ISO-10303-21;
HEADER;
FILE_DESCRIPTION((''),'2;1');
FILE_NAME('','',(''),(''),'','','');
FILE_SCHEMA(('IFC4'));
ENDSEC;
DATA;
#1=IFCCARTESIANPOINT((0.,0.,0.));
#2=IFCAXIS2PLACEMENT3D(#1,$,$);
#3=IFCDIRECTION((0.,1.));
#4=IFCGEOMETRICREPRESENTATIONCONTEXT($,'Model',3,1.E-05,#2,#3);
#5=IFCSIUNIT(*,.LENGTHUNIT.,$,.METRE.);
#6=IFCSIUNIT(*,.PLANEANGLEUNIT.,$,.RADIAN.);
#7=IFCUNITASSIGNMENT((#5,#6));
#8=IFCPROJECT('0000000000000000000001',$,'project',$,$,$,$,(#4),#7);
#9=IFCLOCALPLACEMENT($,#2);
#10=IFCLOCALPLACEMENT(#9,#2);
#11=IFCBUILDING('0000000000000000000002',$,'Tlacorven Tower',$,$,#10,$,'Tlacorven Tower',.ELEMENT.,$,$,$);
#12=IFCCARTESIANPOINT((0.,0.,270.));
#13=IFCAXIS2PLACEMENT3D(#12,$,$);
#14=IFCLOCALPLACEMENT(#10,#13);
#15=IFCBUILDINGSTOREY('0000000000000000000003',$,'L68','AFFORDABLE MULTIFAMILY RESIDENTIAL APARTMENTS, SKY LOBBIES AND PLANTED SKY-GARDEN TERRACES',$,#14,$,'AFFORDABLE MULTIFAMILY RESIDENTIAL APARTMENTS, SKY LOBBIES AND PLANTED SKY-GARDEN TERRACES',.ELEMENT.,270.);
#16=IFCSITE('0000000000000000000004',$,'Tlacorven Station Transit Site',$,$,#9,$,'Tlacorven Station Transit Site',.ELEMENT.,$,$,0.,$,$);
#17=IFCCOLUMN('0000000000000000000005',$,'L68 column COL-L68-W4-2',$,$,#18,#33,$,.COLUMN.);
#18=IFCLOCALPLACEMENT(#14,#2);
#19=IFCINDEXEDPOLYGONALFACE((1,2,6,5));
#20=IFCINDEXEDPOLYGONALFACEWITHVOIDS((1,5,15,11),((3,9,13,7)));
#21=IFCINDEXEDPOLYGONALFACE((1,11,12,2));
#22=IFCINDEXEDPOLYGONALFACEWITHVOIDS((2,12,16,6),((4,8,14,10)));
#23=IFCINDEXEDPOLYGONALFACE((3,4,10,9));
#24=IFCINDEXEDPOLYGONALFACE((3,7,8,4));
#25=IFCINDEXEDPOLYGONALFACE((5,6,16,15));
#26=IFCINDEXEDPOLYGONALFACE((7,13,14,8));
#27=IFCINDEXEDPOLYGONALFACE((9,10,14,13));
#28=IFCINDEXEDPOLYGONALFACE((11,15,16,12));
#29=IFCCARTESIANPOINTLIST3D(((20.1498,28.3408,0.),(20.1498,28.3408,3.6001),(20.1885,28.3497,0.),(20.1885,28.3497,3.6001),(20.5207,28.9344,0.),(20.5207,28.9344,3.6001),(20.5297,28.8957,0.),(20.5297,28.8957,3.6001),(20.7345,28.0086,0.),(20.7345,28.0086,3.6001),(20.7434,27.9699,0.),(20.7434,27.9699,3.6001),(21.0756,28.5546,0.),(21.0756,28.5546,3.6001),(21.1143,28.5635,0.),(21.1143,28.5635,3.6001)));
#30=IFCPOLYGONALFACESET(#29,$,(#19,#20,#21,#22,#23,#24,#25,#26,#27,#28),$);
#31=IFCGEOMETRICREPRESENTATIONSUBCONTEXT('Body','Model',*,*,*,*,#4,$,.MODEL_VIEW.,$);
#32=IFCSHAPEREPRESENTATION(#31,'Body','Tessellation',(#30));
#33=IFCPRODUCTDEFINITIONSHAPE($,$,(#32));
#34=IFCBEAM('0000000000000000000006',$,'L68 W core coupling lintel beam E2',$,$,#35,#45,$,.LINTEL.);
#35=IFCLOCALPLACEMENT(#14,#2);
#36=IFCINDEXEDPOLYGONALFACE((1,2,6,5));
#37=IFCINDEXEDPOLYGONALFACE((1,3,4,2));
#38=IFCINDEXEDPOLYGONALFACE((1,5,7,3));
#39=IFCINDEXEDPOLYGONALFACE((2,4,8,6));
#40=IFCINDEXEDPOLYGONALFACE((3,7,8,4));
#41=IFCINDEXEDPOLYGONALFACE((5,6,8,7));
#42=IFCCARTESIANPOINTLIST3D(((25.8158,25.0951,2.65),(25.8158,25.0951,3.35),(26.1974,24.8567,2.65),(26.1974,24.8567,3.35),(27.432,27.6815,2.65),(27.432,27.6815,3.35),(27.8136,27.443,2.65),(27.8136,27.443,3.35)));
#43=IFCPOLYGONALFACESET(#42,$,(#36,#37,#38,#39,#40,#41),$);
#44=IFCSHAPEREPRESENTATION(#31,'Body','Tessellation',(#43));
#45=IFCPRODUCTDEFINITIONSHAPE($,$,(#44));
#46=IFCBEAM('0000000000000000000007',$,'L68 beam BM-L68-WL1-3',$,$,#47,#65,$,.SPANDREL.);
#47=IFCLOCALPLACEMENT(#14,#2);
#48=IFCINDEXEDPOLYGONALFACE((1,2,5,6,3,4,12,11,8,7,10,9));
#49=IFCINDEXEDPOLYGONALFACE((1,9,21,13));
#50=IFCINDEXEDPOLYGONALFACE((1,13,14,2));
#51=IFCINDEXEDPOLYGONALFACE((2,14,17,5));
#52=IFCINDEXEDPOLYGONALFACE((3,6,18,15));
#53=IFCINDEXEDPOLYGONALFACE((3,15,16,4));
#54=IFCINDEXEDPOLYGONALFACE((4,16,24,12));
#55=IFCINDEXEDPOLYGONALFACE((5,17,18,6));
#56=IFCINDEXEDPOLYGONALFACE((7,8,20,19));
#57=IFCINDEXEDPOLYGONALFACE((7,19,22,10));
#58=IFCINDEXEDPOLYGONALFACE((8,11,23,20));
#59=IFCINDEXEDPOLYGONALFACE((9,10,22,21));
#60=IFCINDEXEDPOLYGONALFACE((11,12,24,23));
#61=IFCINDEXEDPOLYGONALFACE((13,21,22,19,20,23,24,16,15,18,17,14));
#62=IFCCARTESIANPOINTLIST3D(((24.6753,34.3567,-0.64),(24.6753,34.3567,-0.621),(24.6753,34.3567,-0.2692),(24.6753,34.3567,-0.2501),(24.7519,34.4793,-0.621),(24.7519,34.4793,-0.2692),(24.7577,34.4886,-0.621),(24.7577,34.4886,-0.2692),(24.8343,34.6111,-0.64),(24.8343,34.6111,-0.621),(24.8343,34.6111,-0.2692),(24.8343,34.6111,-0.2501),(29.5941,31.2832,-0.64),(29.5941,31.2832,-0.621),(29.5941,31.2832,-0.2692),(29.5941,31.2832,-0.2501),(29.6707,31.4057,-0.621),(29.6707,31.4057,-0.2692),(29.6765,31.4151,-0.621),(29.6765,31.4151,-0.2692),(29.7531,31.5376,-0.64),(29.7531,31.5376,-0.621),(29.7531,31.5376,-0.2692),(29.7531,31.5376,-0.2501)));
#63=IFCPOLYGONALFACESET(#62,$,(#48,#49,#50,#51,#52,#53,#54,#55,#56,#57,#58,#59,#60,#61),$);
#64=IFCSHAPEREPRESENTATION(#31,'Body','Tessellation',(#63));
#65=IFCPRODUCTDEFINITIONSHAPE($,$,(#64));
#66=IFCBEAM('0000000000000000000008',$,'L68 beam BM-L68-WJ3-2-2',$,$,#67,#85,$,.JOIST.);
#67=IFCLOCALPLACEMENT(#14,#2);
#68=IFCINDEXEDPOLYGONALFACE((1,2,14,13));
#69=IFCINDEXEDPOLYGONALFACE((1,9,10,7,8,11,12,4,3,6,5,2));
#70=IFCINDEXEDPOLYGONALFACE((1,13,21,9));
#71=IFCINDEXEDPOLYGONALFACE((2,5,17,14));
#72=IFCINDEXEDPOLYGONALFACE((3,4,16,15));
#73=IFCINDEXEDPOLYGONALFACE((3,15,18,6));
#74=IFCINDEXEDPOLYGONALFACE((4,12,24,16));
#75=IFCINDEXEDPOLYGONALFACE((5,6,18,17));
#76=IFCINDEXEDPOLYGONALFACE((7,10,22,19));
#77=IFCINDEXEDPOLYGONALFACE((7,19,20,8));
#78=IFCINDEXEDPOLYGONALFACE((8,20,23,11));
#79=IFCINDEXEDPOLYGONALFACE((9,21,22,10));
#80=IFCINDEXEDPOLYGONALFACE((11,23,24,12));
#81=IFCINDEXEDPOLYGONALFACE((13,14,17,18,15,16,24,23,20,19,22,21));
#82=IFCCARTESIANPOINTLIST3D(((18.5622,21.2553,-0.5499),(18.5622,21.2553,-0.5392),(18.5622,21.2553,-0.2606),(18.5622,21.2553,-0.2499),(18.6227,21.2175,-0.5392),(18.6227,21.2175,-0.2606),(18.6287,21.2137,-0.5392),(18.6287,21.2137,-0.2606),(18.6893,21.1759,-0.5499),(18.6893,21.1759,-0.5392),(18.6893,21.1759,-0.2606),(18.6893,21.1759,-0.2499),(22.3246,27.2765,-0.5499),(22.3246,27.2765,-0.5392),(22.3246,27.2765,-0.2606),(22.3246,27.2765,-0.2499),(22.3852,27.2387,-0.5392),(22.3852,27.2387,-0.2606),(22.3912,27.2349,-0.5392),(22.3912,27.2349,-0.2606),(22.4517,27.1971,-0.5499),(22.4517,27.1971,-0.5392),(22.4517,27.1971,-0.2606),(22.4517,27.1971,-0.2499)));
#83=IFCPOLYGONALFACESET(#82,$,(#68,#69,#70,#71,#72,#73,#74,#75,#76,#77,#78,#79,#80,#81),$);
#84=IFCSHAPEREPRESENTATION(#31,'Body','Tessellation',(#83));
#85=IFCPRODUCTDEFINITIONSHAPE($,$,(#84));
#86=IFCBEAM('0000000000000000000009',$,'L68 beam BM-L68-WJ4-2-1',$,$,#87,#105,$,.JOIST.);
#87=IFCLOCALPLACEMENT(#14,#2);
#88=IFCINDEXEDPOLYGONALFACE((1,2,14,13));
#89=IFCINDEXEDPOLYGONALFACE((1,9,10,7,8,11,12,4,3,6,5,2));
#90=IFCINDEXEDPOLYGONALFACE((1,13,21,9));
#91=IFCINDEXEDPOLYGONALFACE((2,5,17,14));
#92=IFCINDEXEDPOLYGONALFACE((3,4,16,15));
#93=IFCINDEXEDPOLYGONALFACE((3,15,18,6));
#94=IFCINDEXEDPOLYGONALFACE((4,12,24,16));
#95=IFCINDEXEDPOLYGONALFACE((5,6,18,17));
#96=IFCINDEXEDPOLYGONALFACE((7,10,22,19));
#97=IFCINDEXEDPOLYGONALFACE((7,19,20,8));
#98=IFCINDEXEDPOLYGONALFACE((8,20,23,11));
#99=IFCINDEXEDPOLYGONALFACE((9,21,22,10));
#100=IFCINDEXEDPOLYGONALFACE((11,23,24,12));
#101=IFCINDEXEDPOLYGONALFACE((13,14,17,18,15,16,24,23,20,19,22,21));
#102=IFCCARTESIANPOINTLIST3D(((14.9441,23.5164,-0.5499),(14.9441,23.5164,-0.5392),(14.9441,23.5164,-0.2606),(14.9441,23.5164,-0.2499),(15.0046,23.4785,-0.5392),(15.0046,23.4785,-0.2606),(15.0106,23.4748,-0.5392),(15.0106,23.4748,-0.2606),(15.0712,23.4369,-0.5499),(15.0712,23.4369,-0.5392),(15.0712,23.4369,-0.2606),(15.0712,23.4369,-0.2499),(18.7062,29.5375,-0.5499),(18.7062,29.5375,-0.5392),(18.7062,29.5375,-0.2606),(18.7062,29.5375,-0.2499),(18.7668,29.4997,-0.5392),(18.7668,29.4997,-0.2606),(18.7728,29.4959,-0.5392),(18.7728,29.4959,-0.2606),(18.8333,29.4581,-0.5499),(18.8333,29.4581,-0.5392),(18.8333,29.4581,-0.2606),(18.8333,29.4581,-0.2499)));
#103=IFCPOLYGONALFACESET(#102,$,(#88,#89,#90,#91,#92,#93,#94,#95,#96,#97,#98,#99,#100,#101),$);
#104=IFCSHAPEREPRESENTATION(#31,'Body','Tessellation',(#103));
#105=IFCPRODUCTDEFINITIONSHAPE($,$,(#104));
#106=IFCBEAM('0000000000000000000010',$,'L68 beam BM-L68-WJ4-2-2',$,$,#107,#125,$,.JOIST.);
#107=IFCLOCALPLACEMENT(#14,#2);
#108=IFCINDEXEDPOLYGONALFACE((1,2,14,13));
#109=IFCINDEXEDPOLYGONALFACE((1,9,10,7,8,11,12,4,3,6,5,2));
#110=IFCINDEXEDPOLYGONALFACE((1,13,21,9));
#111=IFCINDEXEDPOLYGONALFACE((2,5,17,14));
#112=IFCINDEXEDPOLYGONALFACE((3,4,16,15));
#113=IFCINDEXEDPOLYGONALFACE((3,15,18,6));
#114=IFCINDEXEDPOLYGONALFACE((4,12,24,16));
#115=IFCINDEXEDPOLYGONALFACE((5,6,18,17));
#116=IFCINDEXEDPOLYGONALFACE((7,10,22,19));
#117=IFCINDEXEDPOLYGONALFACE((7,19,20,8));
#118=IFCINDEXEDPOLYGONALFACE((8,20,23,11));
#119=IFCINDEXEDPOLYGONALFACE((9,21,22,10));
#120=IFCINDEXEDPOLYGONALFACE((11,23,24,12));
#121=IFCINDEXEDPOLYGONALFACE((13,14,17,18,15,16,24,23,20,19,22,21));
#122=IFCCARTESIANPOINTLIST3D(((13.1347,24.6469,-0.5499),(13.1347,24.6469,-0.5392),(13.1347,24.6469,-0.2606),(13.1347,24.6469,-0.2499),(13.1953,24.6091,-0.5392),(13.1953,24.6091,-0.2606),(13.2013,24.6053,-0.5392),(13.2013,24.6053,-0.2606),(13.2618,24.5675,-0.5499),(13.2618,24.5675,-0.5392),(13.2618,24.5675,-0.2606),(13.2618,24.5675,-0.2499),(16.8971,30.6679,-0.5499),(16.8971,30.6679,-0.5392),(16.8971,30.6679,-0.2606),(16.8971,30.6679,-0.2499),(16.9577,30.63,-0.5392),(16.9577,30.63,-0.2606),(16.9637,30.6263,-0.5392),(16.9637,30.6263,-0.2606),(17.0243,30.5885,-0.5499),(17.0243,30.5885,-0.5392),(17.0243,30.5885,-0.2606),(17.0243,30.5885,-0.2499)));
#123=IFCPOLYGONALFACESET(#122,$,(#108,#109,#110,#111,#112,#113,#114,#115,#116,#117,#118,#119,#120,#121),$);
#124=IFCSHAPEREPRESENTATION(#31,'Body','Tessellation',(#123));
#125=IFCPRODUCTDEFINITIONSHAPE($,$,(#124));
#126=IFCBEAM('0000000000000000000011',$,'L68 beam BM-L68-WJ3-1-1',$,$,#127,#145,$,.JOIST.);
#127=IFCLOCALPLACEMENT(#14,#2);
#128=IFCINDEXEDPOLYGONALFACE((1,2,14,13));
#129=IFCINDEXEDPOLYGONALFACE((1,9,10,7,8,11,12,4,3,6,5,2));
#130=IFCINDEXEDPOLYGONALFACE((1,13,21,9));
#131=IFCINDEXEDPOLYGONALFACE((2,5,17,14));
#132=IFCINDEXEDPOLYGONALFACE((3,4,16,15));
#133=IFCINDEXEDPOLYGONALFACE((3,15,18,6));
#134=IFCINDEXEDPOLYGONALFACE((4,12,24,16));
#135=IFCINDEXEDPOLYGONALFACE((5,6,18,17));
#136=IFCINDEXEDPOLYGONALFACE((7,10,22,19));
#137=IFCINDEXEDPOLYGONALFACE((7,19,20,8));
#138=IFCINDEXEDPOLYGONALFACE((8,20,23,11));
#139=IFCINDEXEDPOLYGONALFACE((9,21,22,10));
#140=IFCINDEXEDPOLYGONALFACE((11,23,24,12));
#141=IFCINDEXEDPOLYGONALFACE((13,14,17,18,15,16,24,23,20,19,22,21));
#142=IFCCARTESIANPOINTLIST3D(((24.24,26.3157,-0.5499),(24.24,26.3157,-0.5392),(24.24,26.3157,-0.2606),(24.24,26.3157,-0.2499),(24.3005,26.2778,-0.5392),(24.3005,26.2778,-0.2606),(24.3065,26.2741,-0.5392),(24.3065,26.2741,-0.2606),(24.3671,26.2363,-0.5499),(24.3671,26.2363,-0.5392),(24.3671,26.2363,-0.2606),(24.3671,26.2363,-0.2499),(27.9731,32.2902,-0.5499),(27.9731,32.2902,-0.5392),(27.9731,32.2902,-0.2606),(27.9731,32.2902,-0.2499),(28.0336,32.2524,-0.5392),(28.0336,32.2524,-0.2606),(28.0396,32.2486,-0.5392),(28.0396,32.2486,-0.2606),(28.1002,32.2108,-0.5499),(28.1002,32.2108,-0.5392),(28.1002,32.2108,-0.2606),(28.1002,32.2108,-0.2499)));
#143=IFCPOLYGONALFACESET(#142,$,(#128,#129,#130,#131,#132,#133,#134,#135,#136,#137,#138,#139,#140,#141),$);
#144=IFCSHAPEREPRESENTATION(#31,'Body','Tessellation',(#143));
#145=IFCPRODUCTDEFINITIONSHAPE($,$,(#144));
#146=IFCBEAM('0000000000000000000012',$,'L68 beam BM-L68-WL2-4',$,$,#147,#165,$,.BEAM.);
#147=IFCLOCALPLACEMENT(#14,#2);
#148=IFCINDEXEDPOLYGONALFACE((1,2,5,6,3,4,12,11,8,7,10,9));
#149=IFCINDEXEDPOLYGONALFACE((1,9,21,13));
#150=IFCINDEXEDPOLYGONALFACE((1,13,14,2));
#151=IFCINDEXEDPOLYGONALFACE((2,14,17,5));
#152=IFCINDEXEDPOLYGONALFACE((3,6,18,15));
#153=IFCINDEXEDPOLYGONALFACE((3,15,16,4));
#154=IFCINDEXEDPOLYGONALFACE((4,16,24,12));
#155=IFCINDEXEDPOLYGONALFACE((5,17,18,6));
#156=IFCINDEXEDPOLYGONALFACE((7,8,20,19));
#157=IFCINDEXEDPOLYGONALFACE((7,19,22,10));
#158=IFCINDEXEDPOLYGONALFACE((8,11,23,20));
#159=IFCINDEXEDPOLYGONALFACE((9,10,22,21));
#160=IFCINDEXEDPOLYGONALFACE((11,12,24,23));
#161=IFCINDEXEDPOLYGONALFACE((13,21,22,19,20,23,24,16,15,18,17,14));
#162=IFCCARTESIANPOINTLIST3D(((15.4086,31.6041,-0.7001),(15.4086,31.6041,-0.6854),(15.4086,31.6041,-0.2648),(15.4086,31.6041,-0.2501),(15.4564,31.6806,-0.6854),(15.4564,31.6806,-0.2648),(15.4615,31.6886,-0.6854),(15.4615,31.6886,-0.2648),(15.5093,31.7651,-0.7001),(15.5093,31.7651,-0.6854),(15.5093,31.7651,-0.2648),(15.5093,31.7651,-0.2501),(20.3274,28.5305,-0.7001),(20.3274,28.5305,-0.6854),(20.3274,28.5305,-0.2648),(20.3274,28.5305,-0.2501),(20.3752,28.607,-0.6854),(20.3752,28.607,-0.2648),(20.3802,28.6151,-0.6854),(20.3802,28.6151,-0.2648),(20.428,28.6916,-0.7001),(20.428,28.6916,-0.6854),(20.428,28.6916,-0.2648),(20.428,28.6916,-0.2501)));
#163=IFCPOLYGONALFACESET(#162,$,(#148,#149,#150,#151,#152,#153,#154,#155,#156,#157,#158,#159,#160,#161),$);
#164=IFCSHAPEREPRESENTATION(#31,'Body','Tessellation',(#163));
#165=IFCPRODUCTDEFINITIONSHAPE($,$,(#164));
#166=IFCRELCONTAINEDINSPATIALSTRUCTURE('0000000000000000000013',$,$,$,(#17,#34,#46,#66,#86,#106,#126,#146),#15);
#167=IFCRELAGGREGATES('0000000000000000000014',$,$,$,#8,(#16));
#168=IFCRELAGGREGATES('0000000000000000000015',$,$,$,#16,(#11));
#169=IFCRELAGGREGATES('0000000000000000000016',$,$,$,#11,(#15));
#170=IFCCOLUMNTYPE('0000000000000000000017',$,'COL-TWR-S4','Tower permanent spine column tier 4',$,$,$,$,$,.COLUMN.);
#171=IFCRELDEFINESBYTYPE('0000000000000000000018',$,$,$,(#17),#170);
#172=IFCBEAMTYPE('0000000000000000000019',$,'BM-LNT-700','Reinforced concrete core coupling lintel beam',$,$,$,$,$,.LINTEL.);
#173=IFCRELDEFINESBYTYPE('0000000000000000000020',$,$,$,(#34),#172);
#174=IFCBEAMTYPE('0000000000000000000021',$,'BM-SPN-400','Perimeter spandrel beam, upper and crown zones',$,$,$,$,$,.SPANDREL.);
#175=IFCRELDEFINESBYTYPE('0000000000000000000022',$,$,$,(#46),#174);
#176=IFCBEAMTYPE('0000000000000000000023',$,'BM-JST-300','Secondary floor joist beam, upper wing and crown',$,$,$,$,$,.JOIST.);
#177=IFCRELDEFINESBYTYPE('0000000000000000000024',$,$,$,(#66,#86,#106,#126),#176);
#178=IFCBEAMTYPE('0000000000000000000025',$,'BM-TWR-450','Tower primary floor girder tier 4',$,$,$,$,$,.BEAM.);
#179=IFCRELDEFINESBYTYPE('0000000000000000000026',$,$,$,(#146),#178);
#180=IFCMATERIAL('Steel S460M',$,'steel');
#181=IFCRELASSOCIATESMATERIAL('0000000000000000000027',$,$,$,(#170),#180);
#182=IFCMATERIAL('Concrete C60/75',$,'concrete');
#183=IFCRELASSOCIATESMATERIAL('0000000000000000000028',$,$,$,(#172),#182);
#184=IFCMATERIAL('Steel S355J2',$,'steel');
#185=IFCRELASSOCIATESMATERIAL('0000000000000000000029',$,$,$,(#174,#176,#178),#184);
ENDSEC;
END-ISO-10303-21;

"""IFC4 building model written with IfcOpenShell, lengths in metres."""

from ifc_helpers import new_model, si_unit, direction, frame, origin, origin_2d, place, context, subcontext, project, spatial, rectangle, hollow_rectangle, i_section, extrude, source, transform, mapped, material, material_profile, profile_set, type_object, element, save


model = new_model("IFC4")

# Units and contexts
model_context = context("Model", 3, precision=1e-05, world=origin(), true_north=direction((0.0, 1.0)))
body_context = subcontext(model_context, "Body", "Model", "MODEL_VIEW")
ifc_project = project(units=[si_unit("LENGTHUNIT", "METRE"), si_unit("PLANEANGLEUNIT", "RADIAN")], contexts=[model_context])

# Site, building, storey
site_placement = place(None, origin())
site = spatial("IfcSite", under=ifc_project, at=site_placement, Name="Tlacorven Station Transit Site", LongName="Tlacorven Station Transit Site", CompositionType="ELEMENT", RefElevation=0.0)
building_placement = place(site_placement, origin())
building = spatial("IfcBuilding", under=site, at=building_placement, Name="Tlacorven Tower", LongName="Tlacorven Tower", CompositionType="ELEMENT")
storey_placement = place(building_placement, frame((0.0, 0.0, 270.0)))
storey = spatial("IfcBuildingStorey", under=building, at=storey_placement, Name="L68", Description="AFFORDABLE MULTIFAMILY RESIDENTIAL APARTMENTS, SKY LOBBIES AND PLANTED SKY-GARDEN TERRACES", LongName="AFFORDABLE MULTIFAMILY RESIDENTIAL APARTMENTS, SKY LOBBIES AND PLANTED SKY-GARDEN TERRACES", CompositionType="ELEMENT", Elevation=270.0)

# Column
ifc_material_1 = material(Name="Steel S460M", Category="steel")
ifc_material_profile_1 = material_profile(ifc_material_1, hollow_rectangle(XDim=0.7, YDim=0.7, WallThickness=0.0281, at=origin_2d()), Name="BOX 700X700X28")
ifc_profile_set_1 = profile_set([ifc_material_profile_1], Name="Steel S460M")
column_type = type_object("IfcColumnType", Name="COL-TWR-S4", Description="Tower permanent spine column tier 4", PredefinedType="COLUMN", material=ifc_profile_set_1)
shared_shape_1 = source(origin(), body_context, "Body", "SweptSolid", [
    extrude(hollow_rectangle(XDim=0.7, YDim=0.7, WallThickness=0.0281, at=origin_2d()), origin(), (0.0, 0.0, 1.0), 3.6001),
])
column_placement = place(storey_placement, frame((20.6321, 28.4521, 0.0), z_axis=(0.0, 0.0, 1.0), x_axis=(-0.848048, 0.529919, 0.0)))
element("IfcColumn", 1, at=column_placement, inside=storey, type_object=column_type, Name="L68 column COL-L68-W4-2", PredefinedType="COLUMN", context=body_context, shape_type="MappedRepresentation", body=[
    mapped(shared_shape_1, transform((0.0, 0.0, 0.0), scale=1.0)),
])

# Beams
ifc_material_2 = material(Name="Concrete C60/75", Category="concrete")
ifc_material_profile_2 = material_profile(ifc_material_2, rectangle(XDim=0.45, YDim=0.7, at=origin_2d()), Name="RC 450X700")
ifc_profile_set_2 = profile_set([ifc_material_profile_2], Name="Concrete C60/75")
beam_type_1 = type_object("IfcBeamType", Name="BM-LNT-700", Description="Reinforced concrete core coupling lintel beam", PredefinedType="LINTEL", material=ifc_profile_set_2)
shared_shape_2 = source(origin(), body_context, "Body", "SweptSolid", [
    extrude(rectangle(XDim=0.45, YDim=0.7, at=origin_2d()), origin(), (0.0, 0.0, 1.0), 3.0498),
])
beam_1_placement = place(storey_placement, frame((27.6228, 27.5623, 3.0), z_axis=(-0.529927, -0.848043, 0.0), x_axis=(0.848043, -0.529927, 0.0)))
element("IfcBeam", 2, at=beam_1_placement, inside=storey, type_object=beam_type_1, Name="L68 W core coupling lintel beam E2", PredefinedType="LINTEL", context=body_context, shape_type="MappedRepresentation", body=[
    mapped(shared_shape_2, transform((0.0, 0.0, 0.0), scale=1.0)),
])
ifc_material_3 = material(Name="Steel S355J2", Category="steel")
ifc_material_profile_3 = material_profile(ifc_material_3, i_section(OverallWidth=0.3, OverallDepth=0.3899, WebThickness=0.011, FlangeThickness=0.019, at=origin_2d()), Name="HEA 400")
ifc_profile_set_3 = profile_set([ifc_material_profile_3], Name="Steel S355J2")
beam_type_2 = type_object("IfcBeamType", Name="BM-SPN-400", Description="Perimeter spandrel beam, upper and crown zones", PredefinedType="SPANDREL", material=ifc_profile_set_3)
shared_shape_3 = source(origin(), body_context, "Body", "SweptSolid", [
    extrude(i_section(OverallWidth=0.3, OverallDepth=0.3899, WebThickness=0.011, FlangeThickness=0.019, at=origin_2d()), origin(), (0.0, 0.0, 1.0), 5.8),
])
beam_2_placement = place(storey_placement, frame((29.6736, 31.4104, -0.4451), z_axis=(-0.848053, 0.529912, 0.0), x_axis=(-0.529912, -0.848053, 0.0)))
element("IfcBeam", 3, at=beam_2_placement, inside=storey, type_object=beam_type_2, Name="L68 beam BM-L68-WL1-3", PredefinedType="SPANDREL", context=body_context, shape_type="MappedRepresentation", body=[
    mapped(shared_shape_3, transform((0.0, 0.0, 0.0), scale=1.0)),
])
ifc_material_profile_4 = material_profile(ifc_material_3, i_section(OverallWidth=0.1499, OverallDepth=0.3, WebThickness=0.0071, FlangeThickness=0.0107, at=origin_2d()), Name="IPE 300")
ifc_profile_set_4 = profile_set([ifc_material_profile_4], Name="Steel S355J2")
beam_type_3 = type_object("IfcBeamType", Name="BM-JST-300", Description="Secondary floor joist beam, upper wing and crown", PredefinedType="JOIST", material=ifc_profile_set_4)
shared_shape_4 = source(origin(), body_context, "Body", "SweptSolid", [
    extrude(i_section(OverallWidth=0.1499, OverallDepth=0.3, WebThickness=0.0071, FlangeThickness=0.0107, at=origin_2d()), origin(), (0.0, 0.0, 1.0), 7.1001),
])
beam_3_placement = place(storey_placement, frame((22.3882, 27.2368, -0.3999), z_axis=(-0.529915, -0.84805, 0.0), x_axis=(0.84805, -0.529915, 0.0)))
element("IfcBeam", 4, at=beam_3_placement, inside=storey, type_object=beam_type_3, Name="L68 beam BM-L68-WJ3-2-2", PredefinedType="JOIST", context=body_context, shape_type="MappedRepresentation", body=[
    mapped(shared_shape_4, transform((0.0, 0.0, 0.0), scale=1.0)),
])
shared_shape_5 = source(origin(), body_context, "Body", "SweptSolid", [
    extrude(i_section(OverallWidth=0.1499, OverallDepth=0.3, WebThickness=0.0071, FlangeThickness=0.0107, at=origin_2d()), origin(), (0.0, 0.0, 1.0), 7.0999),
])
for number, where, z_axis, x_axis, name in (
    (5, (18.7698, 29.4978, -0.3999), (-0.529891, -0.848066, 0.0), (0.848066, -0.529891, 0.0), "L68 beam BM-L68-WJ4-2-1"),
    (6, (16.9607, 30.6282, -0.3999), (-0.529931, -0.848041, 0.0), (0.848041, -0.529931, 0.0), "L68 beam BM-L68-WJ4-2-2"),
):
    element("IfcBeam", number, at=place(storey_placement, frame(where, z_axis=z_axis, x_axis=x_axis)), inside=storey, type_object=beam_type_3, Name=name, PredefinedType="JOIST", context=body_context, shape_type="MappedRepresentation", body=[
        mapped(shared_shape_5, transform((0.0, 0.0, 0.0), scale=1.0)),
    ])
shared_shape_6 = source(origin(), body_context, "Body", "SweptSolid", [
    extrude(i_section(OverallWidth=0.1499, OverallDepth=0.3, WebThickness=0.0071, FlangeThickness=0.0107, at=origin_2d()), origin(), (0.0, 0.0, 1.0), 7.0449),
])
beam_4_placement = place(storey_placement, frame((28.0366, 32.2505, -0.3999), z_axis=(-0.529899, -0.848061, 0.0), x_axis=(0.848061, -0.529899, 0.0)))
element("IfcBeam", 7, at=beam_4_placement, inside=storey, type_object=beam_type_3, Name="L68 beam BM-L68-WJ3-1-1", PredefinedType="JOIST", context=body_context, shape_type="MappedRepresentation", body=[
    mapped(shared_shape_6, transform((0.0, 0.0, 0.0), scale=1.0)),
])
ifc_material_profile_5 = material_profile(ifc_material_3, i_section(OverallWidth=0.1899, OverallDepth=0.45, WebThickness=0.0095, FlangeThickness=0.0146, at=origin_2d()), Name="IPE 450")
ifc_profile_set_5 = profile_set([ifc_material_profile_5], Name="Steel S355J2")
beam_type_4 = type_object("IfcBeamType", Name="BM-TWR-450", Description="Tower primary floor girder tier 4", PredefinedType="BEAM", material=ifc_profile_set_5)
shared_shape_7 = source(origin(), body_context, "Body", "SweptSolid", [
    extrude(i_section(OverallWidth=0.1899, OverallDepth=0.45, WebThickness=0.0095, FlangeThickness=0.0146, at=origin_2d()), origin(), (0.0, 0.0, 1.0), 5.8),
])
beam_5_placement = place(storey_placement, frame((20.3777, 28.6111, -0.4751), z_axis=(-0.848053, 0.529912, 0.0), x_axis=(-0.529912, -0.848053, 0.0)))
element("IfcBeam", 8, at=beam_5_placement, inside=storey, type_object=beam_type_4, Name="L68 beam BM-L68-WL2-4", PredefinedType="BEAM", context=body_context, shape_type="MappedRepresentation", body=[
    mapped(shared_shape_7, transform((0.0, 0.0, 0.0), scale=1.0)),
])

save(model, "model.ifc")
